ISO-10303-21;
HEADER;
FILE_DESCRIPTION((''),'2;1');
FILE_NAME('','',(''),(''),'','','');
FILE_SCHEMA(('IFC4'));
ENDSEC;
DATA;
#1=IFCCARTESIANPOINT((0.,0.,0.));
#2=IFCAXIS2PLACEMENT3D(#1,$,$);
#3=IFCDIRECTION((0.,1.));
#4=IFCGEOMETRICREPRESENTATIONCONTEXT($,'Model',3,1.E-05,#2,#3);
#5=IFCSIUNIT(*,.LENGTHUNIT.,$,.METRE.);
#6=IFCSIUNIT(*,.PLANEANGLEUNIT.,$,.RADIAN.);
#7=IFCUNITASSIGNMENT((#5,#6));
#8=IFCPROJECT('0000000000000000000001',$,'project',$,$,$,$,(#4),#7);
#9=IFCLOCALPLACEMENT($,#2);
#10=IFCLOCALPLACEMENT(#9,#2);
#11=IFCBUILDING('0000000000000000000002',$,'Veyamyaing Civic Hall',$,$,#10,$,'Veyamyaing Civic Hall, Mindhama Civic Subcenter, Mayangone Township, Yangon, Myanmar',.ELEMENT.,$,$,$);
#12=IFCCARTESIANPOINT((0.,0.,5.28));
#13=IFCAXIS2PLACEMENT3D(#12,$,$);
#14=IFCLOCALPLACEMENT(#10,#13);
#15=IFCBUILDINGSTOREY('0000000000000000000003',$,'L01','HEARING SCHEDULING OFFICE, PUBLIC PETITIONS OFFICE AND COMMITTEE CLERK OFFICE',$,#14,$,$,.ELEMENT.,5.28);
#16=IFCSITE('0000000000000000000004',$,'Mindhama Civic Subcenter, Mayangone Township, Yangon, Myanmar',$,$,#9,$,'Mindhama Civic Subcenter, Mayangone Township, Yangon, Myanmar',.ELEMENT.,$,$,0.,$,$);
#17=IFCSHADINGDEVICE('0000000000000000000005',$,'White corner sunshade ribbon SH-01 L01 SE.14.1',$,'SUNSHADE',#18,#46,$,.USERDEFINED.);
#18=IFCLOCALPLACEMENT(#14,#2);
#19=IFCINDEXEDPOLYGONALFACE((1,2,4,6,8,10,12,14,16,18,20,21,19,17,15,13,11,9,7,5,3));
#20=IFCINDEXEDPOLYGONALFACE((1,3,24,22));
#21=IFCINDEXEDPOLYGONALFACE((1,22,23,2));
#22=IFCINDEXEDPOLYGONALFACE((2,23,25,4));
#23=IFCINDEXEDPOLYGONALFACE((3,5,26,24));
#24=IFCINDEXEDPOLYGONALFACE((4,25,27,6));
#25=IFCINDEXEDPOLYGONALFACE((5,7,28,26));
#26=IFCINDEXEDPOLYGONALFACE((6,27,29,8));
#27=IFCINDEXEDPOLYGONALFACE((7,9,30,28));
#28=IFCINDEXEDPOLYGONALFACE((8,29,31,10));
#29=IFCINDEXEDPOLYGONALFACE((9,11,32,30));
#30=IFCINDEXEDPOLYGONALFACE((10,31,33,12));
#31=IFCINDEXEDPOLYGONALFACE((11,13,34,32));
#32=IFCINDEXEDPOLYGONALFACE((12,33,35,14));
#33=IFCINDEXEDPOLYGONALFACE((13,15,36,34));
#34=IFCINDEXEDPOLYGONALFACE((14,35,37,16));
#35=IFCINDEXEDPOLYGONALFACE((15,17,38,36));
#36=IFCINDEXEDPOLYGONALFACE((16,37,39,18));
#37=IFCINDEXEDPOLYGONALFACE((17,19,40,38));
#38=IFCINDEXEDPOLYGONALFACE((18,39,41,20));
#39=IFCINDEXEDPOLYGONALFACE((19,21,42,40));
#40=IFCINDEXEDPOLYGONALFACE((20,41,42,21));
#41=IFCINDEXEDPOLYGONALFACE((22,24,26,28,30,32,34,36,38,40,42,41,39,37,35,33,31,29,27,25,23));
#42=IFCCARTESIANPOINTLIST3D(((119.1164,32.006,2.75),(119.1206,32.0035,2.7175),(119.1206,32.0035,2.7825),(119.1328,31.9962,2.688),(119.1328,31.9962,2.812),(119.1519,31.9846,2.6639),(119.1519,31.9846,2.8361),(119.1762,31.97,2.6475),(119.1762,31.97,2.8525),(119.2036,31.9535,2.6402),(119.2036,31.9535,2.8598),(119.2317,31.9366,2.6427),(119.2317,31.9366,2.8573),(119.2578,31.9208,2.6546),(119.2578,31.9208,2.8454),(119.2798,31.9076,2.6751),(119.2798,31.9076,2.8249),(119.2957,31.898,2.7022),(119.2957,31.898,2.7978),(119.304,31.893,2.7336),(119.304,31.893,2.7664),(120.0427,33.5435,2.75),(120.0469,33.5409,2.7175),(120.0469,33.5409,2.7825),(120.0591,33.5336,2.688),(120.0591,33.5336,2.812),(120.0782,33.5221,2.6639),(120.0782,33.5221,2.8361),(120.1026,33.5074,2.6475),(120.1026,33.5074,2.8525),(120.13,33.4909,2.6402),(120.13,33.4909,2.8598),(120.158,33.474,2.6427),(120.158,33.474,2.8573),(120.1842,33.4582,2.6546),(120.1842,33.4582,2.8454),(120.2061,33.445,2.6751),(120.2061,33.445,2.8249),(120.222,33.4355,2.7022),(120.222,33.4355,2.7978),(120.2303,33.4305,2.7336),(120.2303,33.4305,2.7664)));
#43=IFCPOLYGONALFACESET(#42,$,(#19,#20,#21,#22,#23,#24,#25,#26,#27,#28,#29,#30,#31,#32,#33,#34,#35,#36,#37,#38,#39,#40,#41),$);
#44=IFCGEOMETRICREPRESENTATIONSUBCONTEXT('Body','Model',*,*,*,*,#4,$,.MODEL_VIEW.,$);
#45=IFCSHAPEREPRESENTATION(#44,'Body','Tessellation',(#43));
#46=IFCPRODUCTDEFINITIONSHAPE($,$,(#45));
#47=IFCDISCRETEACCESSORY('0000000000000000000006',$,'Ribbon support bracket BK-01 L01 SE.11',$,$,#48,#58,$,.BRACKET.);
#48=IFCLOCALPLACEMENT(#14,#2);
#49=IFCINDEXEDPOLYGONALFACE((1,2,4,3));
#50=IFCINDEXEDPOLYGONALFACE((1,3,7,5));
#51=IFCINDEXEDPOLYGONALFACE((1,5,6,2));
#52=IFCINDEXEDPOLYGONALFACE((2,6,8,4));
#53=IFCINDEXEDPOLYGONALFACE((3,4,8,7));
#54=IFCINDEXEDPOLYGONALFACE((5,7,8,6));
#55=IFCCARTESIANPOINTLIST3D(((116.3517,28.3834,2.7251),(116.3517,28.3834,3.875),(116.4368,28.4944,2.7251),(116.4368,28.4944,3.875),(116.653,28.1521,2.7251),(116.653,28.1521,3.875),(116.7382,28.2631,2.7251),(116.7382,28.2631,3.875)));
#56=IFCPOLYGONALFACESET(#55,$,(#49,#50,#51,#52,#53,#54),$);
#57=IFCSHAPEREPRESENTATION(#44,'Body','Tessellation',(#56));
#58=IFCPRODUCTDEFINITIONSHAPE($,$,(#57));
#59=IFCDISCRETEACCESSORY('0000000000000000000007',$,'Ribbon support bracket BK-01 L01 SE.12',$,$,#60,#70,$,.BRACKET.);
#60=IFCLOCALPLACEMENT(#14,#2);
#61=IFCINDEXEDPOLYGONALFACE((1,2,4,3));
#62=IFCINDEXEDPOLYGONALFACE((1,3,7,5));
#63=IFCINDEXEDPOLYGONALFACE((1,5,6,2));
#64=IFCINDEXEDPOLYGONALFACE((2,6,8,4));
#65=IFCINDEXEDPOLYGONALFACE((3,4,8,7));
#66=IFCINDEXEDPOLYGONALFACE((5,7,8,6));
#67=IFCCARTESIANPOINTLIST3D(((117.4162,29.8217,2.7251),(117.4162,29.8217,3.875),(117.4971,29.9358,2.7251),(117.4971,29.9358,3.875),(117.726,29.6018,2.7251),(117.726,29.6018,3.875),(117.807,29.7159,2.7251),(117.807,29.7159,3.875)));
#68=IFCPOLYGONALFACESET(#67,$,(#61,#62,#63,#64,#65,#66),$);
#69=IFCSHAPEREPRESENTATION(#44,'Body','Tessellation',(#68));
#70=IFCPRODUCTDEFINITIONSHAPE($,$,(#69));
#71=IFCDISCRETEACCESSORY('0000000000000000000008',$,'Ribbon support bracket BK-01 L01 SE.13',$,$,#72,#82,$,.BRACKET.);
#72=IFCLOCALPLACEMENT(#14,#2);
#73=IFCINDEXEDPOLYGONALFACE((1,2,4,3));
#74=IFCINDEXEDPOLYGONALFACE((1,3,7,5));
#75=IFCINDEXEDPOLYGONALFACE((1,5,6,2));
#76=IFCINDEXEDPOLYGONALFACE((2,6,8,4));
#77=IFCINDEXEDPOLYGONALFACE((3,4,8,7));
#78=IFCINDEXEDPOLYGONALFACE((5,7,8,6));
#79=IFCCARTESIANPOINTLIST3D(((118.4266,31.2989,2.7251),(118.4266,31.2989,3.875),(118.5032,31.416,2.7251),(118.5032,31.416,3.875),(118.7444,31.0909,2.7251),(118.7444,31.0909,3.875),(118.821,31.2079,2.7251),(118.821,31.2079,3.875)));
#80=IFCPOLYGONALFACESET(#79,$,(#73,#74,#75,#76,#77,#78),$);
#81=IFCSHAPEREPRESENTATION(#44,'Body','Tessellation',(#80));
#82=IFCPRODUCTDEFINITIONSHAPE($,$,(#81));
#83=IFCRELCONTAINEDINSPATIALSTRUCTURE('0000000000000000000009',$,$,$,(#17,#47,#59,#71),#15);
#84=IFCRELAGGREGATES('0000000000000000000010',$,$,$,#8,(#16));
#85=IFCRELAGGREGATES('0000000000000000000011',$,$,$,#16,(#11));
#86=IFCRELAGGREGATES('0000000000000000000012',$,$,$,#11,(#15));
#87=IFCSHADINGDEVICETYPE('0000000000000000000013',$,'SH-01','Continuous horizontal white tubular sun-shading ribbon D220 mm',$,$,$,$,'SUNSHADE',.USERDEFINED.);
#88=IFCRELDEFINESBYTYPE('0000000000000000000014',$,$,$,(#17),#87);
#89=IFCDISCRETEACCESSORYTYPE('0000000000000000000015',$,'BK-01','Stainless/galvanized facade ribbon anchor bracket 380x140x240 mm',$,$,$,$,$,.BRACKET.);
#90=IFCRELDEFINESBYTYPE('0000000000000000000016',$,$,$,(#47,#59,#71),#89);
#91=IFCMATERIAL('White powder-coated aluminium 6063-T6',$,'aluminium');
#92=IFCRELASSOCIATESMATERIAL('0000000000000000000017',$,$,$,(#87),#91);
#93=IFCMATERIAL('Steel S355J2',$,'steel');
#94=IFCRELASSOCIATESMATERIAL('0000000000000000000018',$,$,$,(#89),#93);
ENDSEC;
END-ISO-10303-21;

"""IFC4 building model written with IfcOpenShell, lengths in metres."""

from ifc_helpers import new_model, si_unit, direction, frame, origin, origin_2d, place, context, subcontext, project, spatial, rectangle, circle, extrude, material, material_profile, profile_set, type_object, element, save


model = new_model("IFC4")

# Units and contexts
model_context = context("Model", 3, precision=1e-05, world=origin(), true_north=direction((0.0, 1.0)))
body_context = subcontext(model_context, "Body", "Model", "MODEL_VIEW")
ifc_project = project(units=[si_unit("LENGTHUNIT", "METRE"), si_unit("PLANEANGLEUNIT", "RADIAN")], contexts=[model_context])

# Site, building, storey
site_placement = place(None, origin())
site = spatial("IfcSite", under=ifc_project, at=site_placement, Name="Mindhama Civic Subcenter, Mayangone Township, Yangon, Myanmar", LongName="Mindhama Civic Subcenter, Mayangone Township, Yangon, Myanmar", CompositionType="ELEMENT", RefElevation=0.0)
building_placement = place(site_placement, origin())
building = spatial("IfcBuilding", under=site, at=building_placement, Name="Veyamyaing Civic Hall", LongName="Veyamyaing Civic Hall, Mindhama Civic Subcenter, Mayangone Township, Yangon, Myanmar", CompositionType="ELEMENT")
storey_placement = place(building_placement, frame((0.0, 0.0, 5.28)))
storey = spatial("IfcBuildingStorey", under=building, at=storey_placement, Name="L01", Description="HEARING SCHEDULING OFFICE, PUBLIC PETITIONS OFFICE AND COMMITTEE CLERK OFFICE", CompositionType="ELEMENT", Elevation=5.28)

# Shared definitions
ifc_material_1 = material(Name="White powder-coated aluminium 6063-T6", Category="aluminium")

# Shading device
ifc_material_profile = material_profile(ifc_material_1, circle(Radius=0.1101, at=origin_2d()), Name="SHADE-TUBE-220")
ifc_profile_set = profile_set([ifc_material_profile], Name="White powder-coated aluminium 6063-T6")
shading_device_type = type_object("IfcShadingDeviceType", Name="SH-01", Description="Continuous horizontal white tubular sun-shading ribbon D220 mm", ElementType="SUNSHADE", PredefinedType="USERDEFINED", material=ifc_profile_set)
shading_device_placement = place(storey_placement, frame((119.2107, 31.9492, 2.75), z_axis=(0.516075, 0.856543, 0.0), x_axis=(-0.856543, 0.516075, 0.0)))
element("IfcShadingDevice", 1, at=shading_device_placement, inside=storey, type_object=shading_device_type, Name="White corner sunshade ribbon SH-01 L01 SE.14.1", ObjectType="SUNSHADE", PredefinedType="USERDEFINED", context=body_context, shape_type="SweptSolid", body=[
    extrude(circle(Radius=0.1101, at=origin_2d()), origin(), (0.0, 0.0, 1.0), 1.7949),
])

# Discrete accessories
ifc_material_2 = material(Name="Steel S355J2", Category="steel")
discrete_accessory_type = type_object("IfcDiscreteAccessoryType", Name="BK-01", Description="Stainless/galvanized facade ribbon anchor bracket 380x140x240 mm", PredefinedType="BRACKET", material=ifc_material_2)
for number, where, z_axis, x_axis, name in (
    (2, (116.5449, 28.3232, 2.7251), (0.0, 0.0, 1.0), (0.793353, -0.608761, 0.0), "Ribbon support bracket BK-01 L01 SE.11"),
    (3, (117.6116, 29.7688, 2.7251), (0.0, 0.0, 1.0), (0.815561, -0.578671, 0.0), "Ribbon support bracket BK-01 L01 SE.12"),
    (4, (118.6238, 31.2534, 2.7251), (0.0, 0.0, 1.0), (0.836628, -0.547772, 0.0), "Ribbon support bracket BK-01 L01 SE.13"),
):
    element("IfcDiscreteAccessory", number, at=place(storey_placement, frame(where, z_axis=z_axis, x_axis=x_axis)), inside=storey, type_object=discrete_accessory_type, Name=name, PredefinedType="BRACKET", context=body_context, shape_type="SweptSolid", body=[
        extrude(rectangle(XDim=0.3799, YDim=0.1399, at=origin_2d()), origin(), (0.0, 0.0, 1.0), 1.1499),
    ])

save(model, "model.ifc")
